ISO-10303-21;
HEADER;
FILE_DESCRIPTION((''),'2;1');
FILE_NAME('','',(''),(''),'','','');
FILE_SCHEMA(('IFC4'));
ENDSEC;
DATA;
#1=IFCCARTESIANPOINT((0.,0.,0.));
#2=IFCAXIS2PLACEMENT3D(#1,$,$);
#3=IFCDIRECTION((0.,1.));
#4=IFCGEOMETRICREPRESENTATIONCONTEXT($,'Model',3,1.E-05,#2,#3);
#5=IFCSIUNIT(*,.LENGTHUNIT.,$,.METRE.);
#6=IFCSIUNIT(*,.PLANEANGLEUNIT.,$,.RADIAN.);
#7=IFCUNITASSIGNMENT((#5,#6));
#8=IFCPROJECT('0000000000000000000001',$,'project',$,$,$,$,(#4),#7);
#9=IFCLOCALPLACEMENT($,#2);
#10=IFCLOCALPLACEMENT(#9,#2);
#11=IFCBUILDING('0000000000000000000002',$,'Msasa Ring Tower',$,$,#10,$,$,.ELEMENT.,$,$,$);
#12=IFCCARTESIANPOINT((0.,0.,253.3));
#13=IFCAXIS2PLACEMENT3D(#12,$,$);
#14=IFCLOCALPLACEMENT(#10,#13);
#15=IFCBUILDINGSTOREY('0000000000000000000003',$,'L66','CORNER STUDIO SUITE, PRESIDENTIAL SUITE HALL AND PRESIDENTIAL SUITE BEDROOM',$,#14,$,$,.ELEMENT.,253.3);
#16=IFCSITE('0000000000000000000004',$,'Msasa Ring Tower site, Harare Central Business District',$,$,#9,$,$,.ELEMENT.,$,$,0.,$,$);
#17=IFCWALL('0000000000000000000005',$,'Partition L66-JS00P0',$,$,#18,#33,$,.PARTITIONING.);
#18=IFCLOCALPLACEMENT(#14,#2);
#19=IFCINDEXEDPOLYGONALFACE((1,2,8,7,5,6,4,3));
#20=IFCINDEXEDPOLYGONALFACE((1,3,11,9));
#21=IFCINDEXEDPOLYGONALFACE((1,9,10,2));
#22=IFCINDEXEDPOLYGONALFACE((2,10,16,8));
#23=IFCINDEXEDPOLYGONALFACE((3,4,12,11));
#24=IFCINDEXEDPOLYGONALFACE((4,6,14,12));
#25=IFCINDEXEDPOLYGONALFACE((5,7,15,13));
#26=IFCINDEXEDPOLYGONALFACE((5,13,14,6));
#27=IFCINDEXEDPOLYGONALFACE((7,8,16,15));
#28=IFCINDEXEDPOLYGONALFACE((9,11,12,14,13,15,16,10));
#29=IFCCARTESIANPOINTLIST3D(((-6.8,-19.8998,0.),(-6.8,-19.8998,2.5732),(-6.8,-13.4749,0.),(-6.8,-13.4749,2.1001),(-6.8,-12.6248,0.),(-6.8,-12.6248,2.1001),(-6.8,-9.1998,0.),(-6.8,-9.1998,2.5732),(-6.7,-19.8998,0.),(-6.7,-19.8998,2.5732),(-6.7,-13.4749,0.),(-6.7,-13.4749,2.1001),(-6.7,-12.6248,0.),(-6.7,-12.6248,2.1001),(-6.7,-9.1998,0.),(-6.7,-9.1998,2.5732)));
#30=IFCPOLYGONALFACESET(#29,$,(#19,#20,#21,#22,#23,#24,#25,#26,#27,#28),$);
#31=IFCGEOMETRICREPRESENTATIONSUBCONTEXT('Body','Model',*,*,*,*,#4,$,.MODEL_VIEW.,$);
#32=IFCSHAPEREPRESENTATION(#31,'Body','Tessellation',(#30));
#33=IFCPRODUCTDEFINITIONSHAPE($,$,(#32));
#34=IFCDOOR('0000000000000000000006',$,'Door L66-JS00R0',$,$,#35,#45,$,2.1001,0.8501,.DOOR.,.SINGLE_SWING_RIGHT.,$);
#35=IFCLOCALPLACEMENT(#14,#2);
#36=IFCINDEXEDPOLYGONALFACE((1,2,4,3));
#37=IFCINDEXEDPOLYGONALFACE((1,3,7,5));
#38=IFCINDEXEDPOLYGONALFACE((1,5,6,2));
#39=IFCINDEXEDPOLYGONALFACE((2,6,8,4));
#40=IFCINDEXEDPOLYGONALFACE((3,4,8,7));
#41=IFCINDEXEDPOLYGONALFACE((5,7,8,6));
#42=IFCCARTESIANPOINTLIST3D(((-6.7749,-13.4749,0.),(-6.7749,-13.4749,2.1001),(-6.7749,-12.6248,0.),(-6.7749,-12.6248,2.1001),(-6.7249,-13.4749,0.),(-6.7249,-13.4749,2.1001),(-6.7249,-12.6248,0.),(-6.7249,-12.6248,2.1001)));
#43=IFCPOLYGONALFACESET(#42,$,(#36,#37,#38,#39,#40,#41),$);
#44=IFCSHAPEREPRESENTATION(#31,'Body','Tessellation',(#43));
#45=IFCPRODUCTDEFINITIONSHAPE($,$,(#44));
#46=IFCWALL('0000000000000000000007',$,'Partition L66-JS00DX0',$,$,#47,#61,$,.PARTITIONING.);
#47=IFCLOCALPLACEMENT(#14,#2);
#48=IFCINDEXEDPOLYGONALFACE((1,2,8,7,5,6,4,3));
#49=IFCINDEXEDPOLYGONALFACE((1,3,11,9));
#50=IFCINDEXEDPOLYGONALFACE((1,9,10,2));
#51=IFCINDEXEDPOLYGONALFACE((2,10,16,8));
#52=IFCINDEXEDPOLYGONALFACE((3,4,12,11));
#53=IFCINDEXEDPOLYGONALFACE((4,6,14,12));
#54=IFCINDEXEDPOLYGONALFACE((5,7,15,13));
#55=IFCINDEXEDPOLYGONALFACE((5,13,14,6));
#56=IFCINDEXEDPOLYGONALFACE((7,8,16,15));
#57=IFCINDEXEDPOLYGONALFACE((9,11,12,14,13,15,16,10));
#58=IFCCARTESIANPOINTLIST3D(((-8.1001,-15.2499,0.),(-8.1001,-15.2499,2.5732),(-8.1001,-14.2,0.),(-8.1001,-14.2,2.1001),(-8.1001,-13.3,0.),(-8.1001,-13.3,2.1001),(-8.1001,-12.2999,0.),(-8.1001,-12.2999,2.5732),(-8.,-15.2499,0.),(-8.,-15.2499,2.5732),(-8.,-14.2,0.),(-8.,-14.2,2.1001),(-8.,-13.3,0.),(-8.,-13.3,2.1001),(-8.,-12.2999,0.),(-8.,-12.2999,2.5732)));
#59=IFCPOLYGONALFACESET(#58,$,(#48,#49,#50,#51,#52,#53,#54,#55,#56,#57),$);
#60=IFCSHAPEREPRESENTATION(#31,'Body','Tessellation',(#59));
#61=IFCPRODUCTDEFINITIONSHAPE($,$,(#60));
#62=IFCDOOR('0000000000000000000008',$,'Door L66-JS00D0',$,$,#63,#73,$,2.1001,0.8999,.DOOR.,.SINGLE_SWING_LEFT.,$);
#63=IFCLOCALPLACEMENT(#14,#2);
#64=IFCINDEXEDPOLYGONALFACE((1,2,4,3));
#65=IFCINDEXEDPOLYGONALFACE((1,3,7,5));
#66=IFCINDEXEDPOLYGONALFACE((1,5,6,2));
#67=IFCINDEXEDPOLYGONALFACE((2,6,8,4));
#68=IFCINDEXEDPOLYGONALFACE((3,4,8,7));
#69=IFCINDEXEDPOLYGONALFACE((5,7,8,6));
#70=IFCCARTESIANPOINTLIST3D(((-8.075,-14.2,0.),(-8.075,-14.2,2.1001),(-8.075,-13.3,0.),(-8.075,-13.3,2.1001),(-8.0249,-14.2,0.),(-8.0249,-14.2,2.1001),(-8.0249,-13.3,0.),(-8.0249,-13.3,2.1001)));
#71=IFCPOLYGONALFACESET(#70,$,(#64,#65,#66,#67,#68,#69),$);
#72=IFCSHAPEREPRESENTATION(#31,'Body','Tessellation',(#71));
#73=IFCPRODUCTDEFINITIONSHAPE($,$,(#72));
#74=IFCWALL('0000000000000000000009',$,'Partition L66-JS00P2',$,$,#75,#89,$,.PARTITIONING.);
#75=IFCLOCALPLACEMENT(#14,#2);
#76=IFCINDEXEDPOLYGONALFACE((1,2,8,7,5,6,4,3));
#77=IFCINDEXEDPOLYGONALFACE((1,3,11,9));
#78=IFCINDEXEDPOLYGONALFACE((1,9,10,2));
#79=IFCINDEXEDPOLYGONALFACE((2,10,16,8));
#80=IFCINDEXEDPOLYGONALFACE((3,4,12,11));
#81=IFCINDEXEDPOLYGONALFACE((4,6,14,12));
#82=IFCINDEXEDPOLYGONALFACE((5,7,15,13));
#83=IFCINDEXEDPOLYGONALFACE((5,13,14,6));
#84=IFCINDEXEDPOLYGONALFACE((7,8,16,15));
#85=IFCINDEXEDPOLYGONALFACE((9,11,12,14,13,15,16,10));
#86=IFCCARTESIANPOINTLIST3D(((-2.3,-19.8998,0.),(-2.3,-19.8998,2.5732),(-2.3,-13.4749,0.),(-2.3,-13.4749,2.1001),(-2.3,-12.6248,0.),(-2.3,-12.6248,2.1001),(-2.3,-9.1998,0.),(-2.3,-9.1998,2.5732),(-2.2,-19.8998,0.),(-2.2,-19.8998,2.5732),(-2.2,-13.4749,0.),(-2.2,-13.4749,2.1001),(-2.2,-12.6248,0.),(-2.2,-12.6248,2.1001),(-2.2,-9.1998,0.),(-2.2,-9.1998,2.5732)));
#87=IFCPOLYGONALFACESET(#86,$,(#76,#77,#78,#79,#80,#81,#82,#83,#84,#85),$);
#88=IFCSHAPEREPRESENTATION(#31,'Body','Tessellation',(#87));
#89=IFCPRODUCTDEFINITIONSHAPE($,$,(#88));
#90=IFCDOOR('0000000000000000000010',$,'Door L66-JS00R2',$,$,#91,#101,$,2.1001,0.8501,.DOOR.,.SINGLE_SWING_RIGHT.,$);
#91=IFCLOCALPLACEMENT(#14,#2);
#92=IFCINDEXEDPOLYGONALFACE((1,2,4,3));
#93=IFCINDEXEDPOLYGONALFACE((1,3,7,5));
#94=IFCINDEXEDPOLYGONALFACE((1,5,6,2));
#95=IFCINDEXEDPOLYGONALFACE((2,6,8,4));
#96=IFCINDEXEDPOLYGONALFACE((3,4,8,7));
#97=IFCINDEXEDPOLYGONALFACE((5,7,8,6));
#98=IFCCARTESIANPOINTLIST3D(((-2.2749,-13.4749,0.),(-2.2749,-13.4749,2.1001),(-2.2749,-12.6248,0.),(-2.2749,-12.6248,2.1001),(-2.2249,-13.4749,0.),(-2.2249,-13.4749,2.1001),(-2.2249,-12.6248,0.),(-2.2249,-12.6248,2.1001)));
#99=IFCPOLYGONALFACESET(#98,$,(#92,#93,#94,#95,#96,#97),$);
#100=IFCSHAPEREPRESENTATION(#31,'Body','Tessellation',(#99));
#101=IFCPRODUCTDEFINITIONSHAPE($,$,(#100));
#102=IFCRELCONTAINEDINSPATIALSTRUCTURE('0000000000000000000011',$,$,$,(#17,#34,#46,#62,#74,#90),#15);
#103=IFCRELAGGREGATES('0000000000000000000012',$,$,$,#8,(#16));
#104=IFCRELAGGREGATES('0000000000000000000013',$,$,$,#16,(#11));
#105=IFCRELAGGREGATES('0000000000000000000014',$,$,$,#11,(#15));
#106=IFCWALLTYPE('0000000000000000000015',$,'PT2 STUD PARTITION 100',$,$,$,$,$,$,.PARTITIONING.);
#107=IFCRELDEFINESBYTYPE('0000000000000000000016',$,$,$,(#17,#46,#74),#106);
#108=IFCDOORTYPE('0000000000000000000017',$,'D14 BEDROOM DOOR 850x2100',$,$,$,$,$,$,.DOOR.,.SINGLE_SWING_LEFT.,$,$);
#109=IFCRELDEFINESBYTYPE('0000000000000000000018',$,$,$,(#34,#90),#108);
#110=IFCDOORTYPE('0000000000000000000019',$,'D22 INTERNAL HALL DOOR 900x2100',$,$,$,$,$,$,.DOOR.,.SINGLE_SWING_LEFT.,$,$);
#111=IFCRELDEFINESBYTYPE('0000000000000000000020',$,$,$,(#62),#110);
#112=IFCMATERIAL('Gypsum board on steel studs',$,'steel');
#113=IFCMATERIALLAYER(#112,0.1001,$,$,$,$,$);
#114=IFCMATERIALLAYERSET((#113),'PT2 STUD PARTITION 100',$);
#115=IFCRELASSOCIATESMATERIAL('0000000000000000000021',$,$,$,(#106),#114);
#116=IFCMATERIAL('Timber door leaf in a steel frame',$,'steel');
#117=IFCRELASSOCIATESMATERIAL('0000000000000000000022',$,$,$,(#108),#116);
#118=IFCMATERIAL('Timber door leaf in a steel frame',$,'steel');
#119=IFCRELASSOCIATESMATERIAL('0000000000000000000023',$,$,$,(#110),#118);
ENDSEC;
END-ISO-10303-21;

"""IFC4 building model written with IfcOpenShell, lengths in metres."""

from ifc_helpers import new_model, si_unit, direction, frame, frame_2d, origin, place, context, subcontext, project, spatial, rectangle, extrude, material, layer, layer_set, type_object, element, fill, save


model = new_model("IFC4")

# Units and contexts
model_context = context("Model", 3, precision=1e-05, world=origin(), true_north=direction((0.0, 1.0)))
body_context = subcontext(model_context, "Body", "Model", "MODEL_VIEW")
ifc_project = project(units=[si_unit("LENGTHUNIT", "METRE"), si_unit("PLANEANGLEUNIT", "RADIAN")], contexts=[model_context])

# Site, building, storey
site_placement = place(None, origin())
site = spatial("IfcSite", under=ifc_project, at=site_placement, Name="Msasa Ring Tower site, Harare Central Business District", CompositionType="ELEMENT", RefElevation=0.0)
building_placement = place(site_placement, origin())
building = spatial("IfcBuilding", under=site, at=building_placement, Name="Msasa Ring Tower", CompositionType="ELEMENT")
storey_placement = place(building_placement, frame((0.0, 0.0, 253.3)))
storey = spatial("IfcBuildingStorey", under=building, at=storey_placement, Name="L66", Description="CORNER STUDIO SUITE, PRESIDENTIAL SUITE HALL AND PRESIDENTIAL SUITE BEDROOM", CompositionType="ELEMENT", Elevation=253.3)

# Walls, openings, doors
ifc_material_1 = material(Name="Gypsum board on steel studs", Category="steel")
ifc_layer_1 = layer(ifc_material_1, 0.1001)
ifc_layer_set_1 = layer_set([ifc_layer_1], Name="PT2 STUD PARTITION 100")
wall_type_1 = type_object("IfcWallType", Name="PT2 STUD PARTITION 100", PredefinedType="PARTITIONING", material=ifc_layer_set_1)
wall_1_placement = place(storey_placement, frame((-6.75, -19.8999, 0.0), z_axis=(0.0, 0.0, 1.0), x_axis=(0.0, 1.0, 0.0)))
wall_1 = element("IfcWall", 1, at=wall_1_placement, inside=storey, type_object=wall_type_1, Name="Partition L66-JS00P0", PredefinedType="PARTITIONING", context=body_context, shape_type="SweptSolid", body=[
    extrude(rectangle(XDim=10.7, YDim=0.1001, at=frame_2d((5.3501, 0.0))), origin(), (0.0, 0.0, 1.0), 2.5732),
])
opening_1_placement = place(wall_1_placement, frame((6.425, 0.0, 0.0)))
opening_1 = element("IfcOpeningElement", 2, at=opening_1_placement, cuts=wall_1, PredefinedType="OPENING", context=body_context, shape_type="SweptSolid", body=[
    extrude(rectangle(XDim=0.8501, YDim=2.1001, at=frame_2d((0.425, 1.05))), frame((0.0, 0.0601, 0.0), z_axis=(0.0, -1.0, 0.0), x_axis=(1.0, 0.0, 0.0)), (0.0, 0.0, 1.0), 0.1201),
])
ifc_material_2 = material(Name="Timber door leaf in a steel frame", Category="steel")
door_type_1 = type_object("IfcDoorType", Name="D14 BEDROOM DOOR 850x2100", OperationType="SINGLE_SWING_LEFT", PredefinedType="DOOR", material=ifc_material_2)
door_1_placement = place(opening_1_placement, origin())
door_1 = element("IfcDoor", 3, at=door_1_placement, inside=storey, type_object=door_type_1, Name="Door L66-JS00R0", OperationType="SINGLE_SWING_RIGHT", OverallHeight=2.1001, OverallWidth=0.8501, PredefinedType="DOOR", context=body_context, shape_type="SweptSolid", body=[
    extrude(rectangle(XDim=0.8501, YDim=2.1001, at=frame_2d((0.425, 1.05))), frame((0.0, 0.0249, 0.0), z_axis=(0.0, -1.0, 0.0), x_axis=(1.0, 0.0, 0.0)), (0.0, 0.0, 1.0), 0.05),
])
fill(opening_1, door_1)
wall_2_placement = place(storey_placement, frame((-8.05, -15.25, 0.0), z_axis=(0.0, 0.0, 1.0), x_axis=(0.0, 1.0, 0.0)))
wall_2 = element("IfcWall", 4, at=wall_2_placement, inside=storey, type_object=wall_type_1, Name="Partition L66-JS00DX0", PredefinedType="PARTITIONING", context=body_context, shape_type="SweptSolid", body=[
    extrude(rectangle(XDim=2.95, YDim=0.1001, at=frame_2d((1.4751, 0.0))), origin(), (0.0, 0.0, 1.0), 2.5732),
])
opening_2_placement = place(wall_2_placement, frame((1.05, 0.0, 0.0)))
opening_2 = element("IfcOpeningElement", 5, at=opening_2_placement, cuts=wall_2, PredefinedType="OPENING", context=body_context, shape_type="SweptSolid", body=[
    extrude(rectangle(XDim=0.8999, YDim=2.1001, at=frame_2d((0.45, 1.05))), frame((0.0, 0.0601, 0.0), z_axis=(0.0, -1.0, 0.0), x_axis=(1.0, 0.0, 0.0)), (0.0, 0.0, 1.0), 0.1201),
])
ifc_material_3 = material(Name="Timber door leaf in a steel frame", Category="steel")
door_type_2 = type_object("IfcDoorType", Name="D22 INTERNAL HALL DOOR 900x2100", OperationType="SINGLE_SWING_LEFT", PredefinedType="DOOR", material=ifc_material_3)
door_2_placement = place(opening_2_placement, origin())
door_2 = element("IfcDoor", 6, at=door_2_placement, inside=storey, type_object=door_type_2, Name="Door L66-JS00D0", OperationType="SINGLE_SWING_LEFT", OverallHeight=2.1001, OverallWidth=0.8999, PredefinedType="DOOR", context=body_context, shape_type="SweptSolid", body=[
    extrude(rectangle(XDim=0.8999, YDim=2.1001, at=frame_2d((0.45, 1.05))), frame((0.0, 0.0249, 0.0), z_axis=(0.0, -1.0, 0.0), x_axis=(1.0, 0.0, 0.0)), (0.0, 0.0, 1.0), 0.05),
])
fill(opening_2, door_2)
wall_3_placement = place(storey_placement, frame((-2.25, -19.8999, 0.0), z_axis=(0.0, 0.0, 1.0), x_axis=(0.0, 1.0, 0.0)))
wall_3 = element("IfcWall", 7, at=wall_3_placement, inside=storey, type_object=wall_type_1, Name="Partition L66-JS00P2", PredefinedType="PARTITIONING", context=body_context, shape_type="SweptSolid", body=[
    extrude(rectangle(XDim=10.7, YDim=0.1001, at=frame_2d((5.3501, 0.0))), origin(), (0.0, 0.0, 1.0), 2.5732),
])
opening_3_placement = place(wall_3_placement, frame((6.425, 0.0, 0.0)))
opening_3 = element("IfcOpeningElement", 8, at=opening_3_placement, cuts=wall_3, PredefinedType="OPENING", context=body_context, shape_type="SweptSolid", body=[
    extrude(rectangle(XDim=0.8501, YDim=2.1001, at=frame_2d((0.425, 1.05))), frame((0.0, 0.0601, 0.0), z_axis=(0.0, -1.0, 0.0), x_axis=(1.0, 0.0, 0.0)), (0.0, 0.0, 1.0), 0.1201),
])
door_3_placement = place(opening_3_placement, origin())
door_3 = element("IfcDoor", 9, at=door_3_placement, inside=storey, type_object=door_type_1, Name="Door L66-JS00R2", OperationType="SINGLE_SWING_RIGHT", OverallHeight=2.1001, OverallWidth=0.8501, PredefinedType="DOOR", context=body_context, shape_type="SweptSolid", body=[
    extrude(rectangle(XDim=0.8501, YDim=2.1001, at=frame_2d((0.425, 1.05))), frame((0.0, 0.0249, 0.0), z_axis=(0.0, -1.0, 0.0), x_axis=(1.0, 0.0, 0.0)), (0.0, 0.0, 1.0), 0.05),
])
fill(opening_3, door_3)

save(model, "model.ifc")
